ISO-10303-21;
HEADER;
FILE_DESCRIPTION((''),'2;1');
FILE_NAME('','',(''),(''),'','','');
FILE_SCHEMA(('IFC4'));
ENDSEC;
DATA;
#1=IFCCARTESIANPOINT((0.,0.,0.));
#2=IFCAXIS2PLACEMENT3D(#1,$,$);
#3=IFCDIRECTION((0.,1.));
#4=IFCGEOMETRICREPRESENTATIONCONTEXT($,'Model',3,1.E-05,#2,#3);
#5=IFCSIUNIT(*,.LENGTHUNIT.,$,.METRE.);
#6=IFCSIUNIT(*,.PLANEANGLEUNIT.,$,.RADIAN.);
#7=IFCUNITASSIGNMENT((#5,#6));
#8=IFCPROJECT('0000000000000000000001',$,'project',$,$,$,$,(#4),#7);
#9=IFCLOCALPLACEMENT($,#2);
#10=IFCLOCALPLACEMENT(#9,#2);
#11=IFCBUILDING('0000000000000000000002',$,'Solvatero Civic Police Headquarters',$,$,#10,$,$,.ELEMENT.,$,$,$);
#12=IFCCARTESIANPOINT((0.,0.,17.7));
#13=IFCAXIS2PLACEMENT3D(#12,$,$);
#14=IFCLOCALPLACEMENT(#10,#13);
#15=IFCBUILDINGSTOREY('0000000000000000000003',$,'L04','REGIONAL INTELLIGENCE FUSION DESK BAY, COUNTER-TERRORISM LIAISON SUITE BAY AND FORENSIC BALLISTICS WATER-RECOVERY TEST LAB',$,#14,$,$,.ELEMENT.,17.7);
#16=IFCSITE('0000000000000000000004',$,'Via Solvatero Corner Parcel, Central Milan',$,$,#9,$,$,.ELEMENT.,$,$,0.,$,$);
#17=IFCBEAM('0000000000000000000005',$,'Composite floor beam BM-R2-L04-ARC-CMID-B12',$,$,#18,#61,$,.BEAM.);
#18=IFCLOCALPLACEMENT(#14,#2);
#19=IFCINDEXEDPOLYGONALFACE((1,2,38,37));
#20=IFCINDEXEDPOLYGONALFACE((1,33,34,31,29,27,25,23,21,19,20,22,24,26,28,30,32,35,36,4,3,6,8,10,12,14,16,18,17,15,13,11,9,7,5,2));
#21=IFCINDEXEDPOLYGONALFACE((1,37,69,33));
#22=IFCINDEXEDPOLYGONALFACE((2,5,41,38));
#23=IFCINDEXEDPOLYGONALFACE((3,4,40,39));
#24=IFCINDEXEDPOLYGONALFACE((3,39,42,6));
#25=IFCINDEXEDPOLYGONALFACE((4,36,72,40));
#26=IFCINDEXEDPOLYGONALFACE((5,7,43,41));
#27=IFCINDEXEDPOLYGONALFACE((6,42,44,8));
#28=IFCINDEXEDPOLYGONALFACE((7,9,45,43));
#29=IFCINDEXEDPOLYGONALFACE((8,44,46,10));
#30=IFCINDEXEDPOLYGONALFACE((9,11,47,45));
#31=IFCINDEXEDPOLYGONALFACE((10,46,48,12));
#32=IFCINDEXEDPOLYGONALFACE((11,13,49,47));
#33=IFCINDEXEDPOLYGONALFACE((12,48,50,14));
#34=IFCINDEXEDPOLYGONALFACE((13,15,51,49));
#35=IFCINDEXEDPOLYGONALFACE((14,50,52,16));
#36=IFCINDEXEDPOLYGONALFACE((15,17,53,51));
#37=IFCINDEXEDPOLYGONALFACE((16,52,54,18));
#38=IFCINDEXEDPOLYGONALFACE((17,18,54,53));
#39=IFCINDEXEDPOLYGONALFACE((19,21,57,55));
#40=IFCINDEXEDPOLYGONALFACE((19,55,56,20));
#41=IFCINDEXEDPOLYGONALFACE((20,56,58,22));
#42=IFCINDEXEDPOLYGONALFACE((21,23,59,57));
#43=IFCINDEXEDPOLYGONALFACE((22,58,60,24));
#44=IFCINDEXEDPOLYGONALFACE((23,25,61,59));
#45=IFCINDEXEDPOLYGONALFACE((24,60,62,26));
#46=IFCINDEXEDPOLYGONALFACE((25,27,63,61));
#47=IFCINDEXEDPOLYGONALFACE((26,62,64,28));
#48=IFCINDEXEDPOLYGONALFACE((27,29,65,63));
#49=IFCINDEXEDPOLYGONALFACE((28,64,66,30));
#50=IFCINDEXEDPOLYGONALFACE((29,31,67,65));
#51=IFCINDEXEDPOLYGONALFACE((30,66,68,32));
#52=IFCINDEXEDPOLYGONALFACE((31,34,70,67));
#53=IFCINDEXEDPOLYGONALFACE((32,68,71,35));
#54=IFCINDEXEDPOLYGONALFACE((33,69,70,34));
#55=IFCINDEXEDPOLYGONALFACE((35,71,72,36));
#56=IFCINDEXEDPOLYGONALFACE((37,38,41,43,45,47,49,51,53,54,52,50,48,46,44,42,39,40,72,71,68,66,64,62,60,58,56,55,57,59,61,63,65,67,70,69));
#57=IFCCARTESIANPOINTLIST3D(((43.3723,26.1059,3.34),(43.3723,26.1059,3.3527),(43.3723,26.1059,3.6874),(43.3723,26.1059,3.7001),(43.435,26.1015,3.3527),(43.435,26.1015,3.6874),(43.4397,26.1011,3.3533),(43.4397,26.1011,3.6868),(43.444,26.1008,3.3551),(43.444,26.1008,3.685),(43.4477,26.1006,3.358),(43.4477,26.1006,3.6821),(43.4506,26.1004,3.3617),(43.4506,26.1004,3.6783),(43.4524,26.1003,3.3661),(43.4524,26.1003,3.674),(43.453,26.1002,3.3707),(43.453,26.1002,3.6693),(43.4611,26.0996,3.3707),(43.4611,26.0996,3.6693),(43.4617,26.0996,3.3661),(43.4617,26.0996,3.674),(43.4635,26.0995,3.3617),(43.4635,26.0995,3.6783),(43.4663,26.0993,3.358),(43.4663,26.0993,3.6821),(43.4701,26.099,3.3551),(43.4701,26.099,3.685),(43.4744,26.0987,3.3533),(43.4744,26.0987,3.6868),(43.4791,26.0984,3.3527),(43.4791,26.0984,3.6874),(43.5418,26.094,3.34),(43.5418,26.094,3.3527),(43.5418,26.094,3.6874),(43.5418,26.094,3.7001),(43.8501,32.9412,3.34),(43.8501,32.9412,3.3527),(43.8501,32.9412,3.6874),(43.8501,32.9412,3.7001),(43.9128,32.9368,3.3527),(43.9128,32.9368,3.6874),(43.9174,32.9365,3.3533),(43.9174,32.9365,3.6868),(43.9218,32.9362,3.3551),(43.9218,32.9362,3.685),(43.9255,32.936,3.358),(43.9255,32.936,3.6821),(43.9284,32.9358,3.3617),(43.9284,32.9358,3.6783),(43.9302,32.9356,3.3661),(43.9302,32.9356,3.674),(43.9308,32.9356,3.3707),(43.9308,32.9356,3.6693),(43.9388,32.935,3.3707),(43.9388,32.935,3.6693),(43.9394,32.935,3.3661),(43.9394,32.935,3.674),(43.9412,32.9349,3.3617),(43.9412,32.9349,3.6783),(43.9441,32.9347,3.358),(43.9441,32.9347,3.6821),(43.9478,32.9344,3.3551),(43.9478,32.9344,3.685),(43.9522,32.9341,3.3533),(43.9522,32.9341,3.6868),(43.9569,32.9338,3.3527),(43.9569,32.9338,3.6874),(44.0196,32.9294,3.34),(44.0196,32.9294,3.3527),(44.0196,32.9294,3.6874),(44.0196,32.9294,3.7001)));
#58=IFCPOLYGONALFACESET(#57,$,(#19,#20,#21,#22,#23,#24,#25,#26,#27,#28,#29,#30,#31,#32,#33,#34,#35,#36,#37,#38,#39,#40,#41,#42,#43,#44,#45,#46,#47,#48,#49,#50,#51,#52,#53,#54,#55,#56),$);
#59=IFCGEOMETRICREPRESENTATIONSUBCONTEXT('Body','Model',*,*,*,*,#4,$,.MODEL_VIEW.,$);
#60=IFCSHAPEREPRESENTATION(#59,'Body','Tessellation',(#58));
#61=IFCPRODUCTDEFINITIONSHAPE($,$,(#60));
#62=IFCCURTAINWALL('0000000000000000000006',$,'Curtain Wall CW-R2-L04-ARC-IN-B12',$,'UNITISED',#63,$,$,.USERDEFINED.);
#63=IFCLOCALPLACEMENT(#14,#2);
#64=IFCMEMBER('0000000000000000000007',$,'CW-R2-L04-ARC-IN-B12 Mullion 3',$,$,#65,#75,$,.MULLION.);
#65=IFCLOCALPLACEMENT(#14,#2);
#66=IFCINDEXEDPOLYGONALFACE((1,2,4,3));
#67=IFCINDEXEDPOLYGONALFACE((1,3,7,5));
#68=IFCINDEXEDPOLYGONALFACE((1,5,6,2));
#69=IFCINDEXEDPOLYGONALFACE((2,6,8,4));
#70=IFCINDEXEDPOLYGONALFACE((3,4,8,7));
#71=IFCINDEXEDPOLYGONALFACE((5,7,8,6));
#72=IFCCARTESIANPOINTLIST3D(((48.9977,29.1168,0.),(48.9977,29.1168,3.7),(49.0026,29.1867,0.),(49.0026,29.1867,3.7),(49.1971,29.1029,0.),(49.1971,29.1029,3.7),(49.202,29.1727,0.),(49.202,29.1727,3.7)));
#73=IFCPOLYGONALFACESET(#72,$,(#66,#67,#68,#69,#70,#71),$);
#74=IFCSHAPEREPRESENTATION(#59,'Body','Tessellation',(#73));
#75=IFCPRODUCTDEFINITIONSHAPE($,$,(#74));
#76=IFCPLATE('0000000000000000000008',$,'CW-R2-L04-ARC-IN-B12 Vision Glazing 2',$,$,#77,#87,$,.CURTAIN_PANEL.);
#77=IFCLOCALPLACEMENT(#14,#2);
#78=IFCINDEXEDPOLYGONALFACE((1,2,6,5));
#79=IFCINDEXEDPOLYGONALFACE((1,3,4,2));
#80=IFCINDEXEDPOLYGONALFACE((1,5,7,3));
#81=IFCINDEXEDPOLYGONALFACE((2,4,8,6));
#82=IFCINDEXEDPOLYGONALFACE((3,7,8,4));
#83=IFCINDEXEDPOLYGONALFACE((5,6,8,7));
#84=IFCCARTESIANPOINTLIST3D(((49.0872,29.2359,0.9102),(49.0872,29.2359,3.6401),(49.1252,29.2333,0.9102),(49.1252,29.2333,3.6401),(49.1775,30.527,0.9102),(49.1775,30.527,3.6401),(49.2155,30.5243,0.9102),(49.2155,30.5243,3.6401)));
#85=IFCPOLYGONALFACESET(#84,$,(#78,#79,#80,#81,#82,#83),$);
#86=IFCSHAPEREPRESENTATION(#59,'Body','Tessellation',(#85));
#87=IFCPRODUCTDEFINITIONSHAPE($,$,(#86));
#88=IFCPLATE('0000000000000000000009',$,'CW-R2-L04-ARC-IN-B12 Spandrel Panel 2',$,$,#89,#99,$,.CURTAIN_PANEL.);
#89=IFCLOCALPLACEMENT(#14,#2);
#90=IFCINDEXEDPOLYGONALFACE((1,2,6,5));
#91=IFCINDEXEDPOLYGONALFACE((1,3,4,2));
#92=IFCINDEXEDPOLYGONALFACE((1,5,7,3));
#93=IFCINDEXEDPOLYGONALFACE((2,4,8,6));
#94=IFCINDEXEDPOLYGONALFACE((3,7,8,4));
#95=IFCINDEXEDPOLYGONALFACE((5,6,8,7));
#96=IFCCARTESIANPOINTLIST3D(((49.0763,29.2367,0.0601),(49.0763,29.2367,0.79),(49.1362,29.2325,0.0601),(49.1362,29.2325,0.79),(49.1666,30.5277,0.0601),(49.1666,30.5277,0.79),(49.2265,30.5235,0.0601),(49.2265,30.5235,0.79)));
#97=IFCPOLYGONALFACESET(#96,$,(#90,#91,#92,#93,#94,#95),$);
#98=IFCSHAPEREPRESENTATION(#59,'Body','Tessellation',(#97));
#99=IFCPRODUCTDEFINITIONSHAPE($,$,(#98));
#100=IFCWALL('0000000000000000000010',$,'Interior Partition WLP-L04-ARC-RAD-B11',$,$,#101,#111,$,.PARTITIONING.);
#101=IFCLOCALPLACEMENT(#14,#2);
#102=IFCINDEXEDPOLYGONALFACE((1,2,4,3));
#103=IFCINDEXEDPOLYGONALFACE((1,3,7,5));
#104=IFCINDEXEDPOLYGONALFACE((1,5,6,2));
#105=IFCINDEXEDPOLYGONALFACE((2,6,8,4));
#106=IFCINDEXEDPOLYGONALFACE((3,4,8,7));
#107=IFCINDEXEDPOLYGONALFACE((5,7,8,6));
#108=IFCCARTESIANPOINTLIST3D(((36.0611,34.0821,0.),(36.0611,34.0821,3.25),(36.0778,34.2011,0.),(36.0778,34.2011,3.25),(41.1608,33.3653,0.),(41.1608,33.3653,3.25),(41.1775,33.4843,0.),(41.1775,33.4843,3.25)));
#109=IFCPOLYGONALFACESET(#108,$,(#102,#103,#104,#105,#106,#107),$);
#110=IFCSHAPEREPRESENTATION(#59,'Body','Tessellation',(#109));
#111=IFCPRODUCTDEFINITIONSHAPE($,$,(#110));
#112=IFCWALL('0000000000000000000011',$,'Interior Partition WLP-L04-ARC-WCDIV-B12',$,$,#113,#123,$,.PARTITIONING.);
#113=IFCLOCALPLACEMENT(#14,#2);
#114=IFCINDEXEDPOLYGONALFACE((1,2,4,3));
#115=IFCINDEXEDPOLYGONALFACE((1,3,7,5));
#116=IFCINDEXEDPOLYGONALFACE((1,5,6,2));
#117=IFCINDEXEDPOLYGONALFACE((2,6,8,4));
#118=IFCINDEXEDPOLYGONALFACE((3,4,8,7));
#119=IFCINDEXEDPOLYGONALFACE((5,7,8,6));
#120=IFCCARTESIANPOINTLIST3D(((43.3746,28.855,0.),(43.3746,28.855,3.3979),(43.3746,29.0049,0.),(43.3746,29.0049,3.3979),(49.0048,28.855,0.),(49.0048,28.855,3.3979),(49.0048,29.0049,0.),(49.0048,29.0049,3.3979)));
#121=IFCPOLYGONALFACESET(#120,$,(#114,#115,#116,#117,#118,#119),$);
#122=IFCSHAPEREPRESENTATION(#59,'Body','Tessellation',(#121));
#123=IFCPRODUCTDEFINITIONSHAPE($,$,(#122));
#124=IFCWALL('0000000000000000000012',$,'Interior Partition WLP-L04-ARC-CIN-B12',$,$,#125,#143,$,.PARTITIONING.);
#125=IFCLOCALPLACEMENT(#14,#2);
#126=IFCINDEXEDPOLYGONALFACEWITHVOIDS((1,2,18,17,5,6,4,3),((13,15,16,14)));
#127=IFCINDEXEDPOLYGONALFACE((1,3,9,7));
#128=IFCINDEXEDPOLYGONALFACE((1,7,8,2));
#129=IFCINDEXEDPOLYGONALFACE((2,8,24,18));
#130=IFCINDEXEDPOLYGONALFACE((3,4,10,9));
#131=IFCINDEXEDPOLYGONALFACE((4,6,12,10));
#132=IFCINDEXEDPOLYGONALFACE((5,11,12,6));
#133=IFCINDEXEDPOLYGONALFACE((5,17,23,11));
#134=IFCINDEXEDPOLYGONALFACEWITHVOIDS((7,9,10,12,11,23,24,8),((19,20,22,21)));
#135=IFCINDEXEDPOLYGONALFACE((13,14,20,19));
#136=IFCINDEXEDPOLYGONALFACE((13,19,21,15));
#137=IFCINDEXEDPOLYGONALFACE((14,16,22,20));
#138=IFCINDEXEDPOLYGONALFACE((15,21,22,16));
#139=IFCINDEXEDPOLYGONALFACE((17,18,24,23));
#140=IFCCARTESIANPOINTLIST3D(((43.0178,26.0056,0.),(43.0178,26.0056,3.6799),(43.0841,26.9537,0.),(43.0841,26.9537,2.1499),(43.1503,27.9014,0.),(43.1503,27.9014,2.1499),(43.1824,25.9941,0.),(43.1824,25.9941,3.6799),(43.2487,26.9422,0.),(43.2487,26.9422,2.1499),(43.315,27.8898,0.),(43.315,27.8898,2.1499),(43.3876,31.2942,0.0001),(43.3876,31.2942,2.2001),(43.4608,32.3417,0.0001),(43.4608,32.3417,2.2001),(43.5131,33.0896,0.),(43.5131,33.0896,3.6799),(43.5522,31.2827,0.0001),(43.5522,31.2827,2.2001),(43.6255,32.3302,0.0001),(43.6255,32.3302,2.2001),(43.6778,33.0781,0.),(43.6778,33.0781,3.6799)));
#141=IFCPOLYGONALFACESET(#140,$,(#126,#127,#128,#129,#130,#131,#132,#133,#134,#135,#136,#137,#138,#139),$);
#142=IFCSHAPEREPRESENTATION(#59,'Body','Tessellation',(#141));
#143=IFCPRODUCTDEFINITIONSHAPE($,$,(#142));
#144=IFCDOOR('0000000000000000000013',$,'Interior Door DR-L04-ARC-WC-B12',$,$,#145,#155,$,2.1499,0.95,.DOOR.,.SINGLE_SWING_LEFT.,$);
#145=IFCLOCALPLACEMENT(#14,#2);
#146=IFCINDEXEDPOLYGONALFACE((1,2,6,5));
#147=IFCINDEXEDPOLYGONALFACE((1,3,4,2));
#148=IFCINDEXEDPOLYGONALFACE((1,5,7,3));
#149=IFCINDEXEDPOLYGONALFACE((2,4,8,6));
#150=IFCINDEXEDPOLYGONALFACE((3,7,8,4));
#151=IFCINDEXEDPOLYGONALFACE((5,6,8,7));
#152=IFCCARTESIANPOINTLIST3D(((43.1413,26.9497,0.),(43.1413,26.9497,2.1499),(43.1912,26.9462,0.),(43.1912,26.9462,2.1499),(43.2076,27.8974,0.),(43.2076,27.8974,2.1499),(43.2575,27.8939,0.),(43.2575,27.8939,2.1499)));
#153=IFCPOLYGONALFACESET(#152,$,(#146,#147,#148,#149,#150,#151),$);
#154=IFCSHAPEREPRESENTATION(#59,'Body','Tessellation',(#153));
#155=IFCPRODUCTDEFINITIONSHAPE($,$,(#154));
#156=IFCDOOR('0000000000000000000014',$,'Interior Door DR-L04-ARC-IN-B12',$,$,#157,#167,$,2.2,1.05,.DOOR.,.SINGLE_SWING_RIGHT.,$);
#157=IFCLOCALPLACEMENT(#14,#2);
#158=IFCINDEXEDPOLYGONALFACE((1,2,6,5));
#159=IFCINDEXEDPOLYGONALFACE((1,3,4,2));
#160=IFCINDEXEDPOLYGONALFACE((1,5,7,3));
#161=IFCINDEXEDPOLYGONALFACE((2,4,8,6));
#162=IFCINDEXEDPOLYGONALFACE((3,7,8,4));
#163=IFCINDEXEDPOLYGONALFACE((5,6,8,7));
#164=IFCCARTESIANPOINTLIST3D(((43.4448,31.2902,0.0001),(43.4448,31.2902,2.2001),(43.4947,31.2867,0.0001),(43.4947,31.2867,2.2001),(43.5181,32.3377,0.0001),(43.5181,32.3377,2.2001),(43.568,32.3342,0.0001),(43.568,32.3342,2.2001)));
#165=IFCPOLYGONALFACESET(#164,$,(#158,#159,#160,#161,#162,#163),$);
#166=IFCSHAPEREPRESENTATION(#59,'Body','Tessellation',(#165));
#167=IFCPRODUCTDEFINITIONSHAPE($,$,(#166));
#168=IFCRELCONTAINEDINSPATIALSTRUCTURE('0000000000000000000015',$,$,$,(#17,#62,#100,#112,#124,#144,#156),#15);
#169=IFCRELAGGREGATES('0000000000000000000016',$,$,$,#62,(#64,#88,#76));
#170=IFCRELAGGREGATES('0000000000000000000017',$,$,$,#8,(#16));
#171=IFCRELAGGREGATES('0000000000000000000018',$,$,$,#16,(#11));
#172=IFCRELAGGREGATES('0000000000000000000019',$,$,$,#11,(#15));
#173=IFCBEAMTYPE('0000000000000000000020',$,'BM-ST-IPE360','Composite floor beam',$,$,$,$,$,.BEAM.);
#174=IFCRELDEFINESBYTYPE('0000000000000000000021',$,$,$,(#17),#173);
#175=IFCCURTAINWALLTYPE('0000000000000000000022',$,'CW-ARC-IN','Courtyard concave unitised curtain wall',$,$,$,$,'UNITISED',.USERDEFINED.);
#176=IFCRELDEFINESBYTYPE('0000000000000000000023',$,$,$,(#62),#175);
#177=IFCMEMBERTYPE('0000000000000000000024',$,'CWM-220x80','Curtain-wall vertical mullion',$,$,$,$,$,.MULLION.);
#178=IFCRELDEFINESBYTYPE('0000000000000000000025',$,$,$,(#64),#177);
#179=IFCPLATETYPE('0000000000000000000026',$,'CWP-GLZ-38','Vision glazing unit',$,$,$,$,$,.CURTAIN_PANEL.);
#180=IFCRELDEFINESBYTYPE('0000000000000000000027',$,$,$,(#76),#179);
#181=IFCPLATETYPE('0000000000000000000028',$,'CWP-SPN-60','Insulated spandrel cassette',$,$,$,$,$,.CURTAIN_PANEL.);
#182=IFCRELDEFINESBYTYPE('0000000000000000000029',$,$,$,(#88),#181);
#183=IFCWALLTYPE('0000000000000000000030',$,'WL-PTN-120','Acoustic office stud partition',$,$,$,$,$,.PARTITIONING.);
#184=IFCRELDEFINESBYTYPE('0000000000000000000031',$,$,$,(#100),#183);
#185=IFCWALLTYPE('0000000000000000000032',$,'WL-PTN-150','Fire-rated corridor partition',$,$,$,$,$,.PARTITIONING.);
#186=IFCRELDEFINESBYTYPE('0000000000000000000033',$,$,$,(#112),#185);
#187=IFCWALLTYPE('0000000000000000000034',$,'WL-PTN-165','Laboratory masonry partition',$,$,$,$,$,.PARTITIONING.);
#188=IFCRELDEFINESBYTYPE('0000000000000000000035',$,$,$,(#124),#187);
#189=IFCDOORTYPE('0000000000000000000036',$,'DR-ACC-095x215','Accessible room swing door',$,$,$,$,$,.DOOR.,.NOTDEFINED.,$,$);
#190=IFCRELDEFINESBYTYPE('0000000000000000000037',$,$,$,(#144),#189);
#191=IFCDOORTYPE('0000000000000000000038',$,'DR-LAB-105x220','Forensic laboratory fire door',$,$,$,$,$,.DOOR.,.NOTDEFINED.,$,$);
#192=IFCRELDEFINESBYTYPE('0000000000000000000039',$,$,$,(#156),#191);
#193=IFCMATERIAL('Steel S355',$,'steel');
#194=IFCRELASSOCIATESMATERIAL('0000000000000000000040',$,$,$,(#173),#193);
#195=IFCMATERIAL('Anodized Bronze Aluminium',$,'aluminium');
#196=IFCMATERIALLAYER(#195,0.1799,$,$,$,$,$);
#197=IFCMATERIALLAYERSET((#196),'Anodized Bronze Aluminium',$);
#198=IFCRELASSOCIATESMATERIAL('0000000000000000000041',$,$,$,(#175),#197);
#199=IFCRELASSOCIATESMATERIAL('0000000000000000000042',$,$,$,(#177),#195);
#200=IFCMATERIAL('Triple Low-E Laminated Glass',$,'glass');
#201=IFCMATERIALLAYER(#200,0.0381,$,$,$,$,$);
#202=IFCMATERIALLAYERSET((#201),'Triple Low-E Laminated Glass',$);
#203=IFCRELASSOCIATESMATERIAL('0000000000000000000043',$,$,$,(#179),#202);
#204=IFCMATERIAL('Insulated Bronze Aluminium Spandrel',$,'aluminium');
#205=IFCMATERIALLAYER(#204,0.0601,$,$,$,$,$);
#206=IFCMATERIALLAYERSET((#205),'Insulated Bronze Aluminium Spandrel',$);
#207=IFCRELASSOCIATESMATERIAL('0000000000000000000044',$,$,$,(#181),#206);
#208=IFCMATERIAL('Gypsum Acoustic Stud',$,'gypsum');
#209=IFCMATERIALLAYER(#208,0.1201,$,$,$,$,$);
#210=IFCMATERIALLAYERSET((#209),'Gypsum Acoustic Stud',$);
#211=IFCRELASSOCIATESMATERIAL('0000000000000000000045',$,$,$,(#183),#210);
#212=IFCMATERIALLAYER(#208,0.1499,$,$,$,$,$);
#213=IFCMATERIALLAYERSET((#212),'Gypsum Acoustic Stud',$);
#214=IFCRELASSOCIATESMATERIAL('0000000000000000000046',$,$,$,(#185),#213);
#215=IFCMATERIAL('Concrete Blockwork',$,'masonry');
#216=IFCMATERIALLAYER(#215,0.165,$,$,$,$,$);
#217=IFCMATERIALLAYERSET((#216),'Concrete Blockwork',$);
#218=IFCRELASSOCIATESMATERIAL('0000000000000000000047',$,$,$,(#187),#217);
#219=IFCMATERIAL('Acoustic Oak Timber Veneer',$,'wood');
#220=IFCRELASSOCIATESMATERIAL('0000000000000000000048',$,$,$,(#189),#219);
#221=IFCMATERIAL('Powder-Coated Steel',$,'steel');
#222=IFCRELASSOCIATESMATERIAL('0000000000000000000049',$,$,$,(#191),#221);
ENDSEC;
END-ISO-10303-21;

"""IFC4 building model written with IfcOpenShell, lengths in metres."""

from ifc_helpers import new_model, si_unit, direction, frame, frame_2d, origin, origin_2d, place, context, subcontext, project, spatial, rectangle, i_section, extrude, material, layer, layer_set, material_profile, profile_set, type_object, element, fill, aggregate, save


model = new_model("IFC4")

# Units and contexts
model_context = context("Model", 3, precision=1e-05, world=origin(), true_north=direction((0.0, 1.0)))
body_context = subcontext(model_context, "Body", "Model", "MODEL_VIEW")
ifc_project = project(units=[si_unit("LENGTHUNIT", "METRE"), si_unit("PLANEANGLEUNIT", "RADIAN")], contexts=[model_context])

# Site, building, storey
site_placement = place(None, origin())
site = spatial("IfcSite", under=ifc_project, at=site_placement, Name="Via Solvatero Corner Parcel, Central Milan", CompositionType="ELEMENT", RefElevation=0.0)
building_placement = place(site_placement, origin())
building = spatial("IfcBuilding", under=site, at=building_placement, Name="Solvatero Civic Police Headquarters", CompositionType="ELEMENT")
storey_placement = place(building_placement, frame((0.0, 0.0, 17.7)))
storey = spatial("IfcBuildingStorey", under=building, at=storey_placement, Name="L04", Description="REGIONAL INTELLIGENCE FUSION DESK BAY, COUNTER-TERRORISM LIAISON SUITE BAY AND FORENSIC BALLISTICS WATER-RECOVERY TEST LAB", CompositionType="ELEMENT", Elevation=17.7)

# Shared definitions
ifc_material_1 = material(Name="Steel S355", Category="steel")

# Beam
ifc_material_profile_1 = material_profile(ifc_material_1, i_section(OverallWidth=0.1699, OverallDepth=0.3601, WebThickness=0.0081, FlangeThickness=0.0127, FilletRadius=0.0181, at=origin_2d()), Name="IPE 360")
ifc_profile_set_1 = profile_set([ifc_material_profile_1], Name="Steel S355")
beam_type_1 = type_object("IfcBeamType", Name="BM-ST-IPE360", Description="Composite floor beam", PredefinedType="BEAM", material=ifc_profile_set_1)
beam_1_placement = place(storey_placement, frame((43.9348, 32.9353, 3.52), z_axis=(-0.069728, -0.997566, 0.0), x_axis=(0.997566, -0.069728, 0.0)))
element("IfcBeam", 1, at=beam_1_placement, inside=storey, type_object=beam_type_1, Name="Composite floor beam BM-R2-L04-ARC-CMID-B12", PredefinedType="BEAM", context=body_context, shape_type="SweptSolid", body=[
    extrude(i_section(OverallWidth=0.1699, OverallDepth=0.3601, WebThickness=0.0081, FlangeThickness=0.0127, FilletRadius=0.0181, at=origin_2d()), origin(), (0.0, 0.0, 1.0), 6.8521),
])

# Curtain wall, member, plates
ifc_material_2 = material(Name="Anodized Bronze Aluminium", Category="aluminium")
ifc_layer_1 = layer(ifc_material_2, 0.1799)
ifc_layer_set_1 = layer_set([ifc_layer_1], Name="Anodized Bronze Aluminium")
curtain_wall_type = type_object("IfcCurtainWallType", Name="CW-ARC-IN", Description="Courtyard concave unitised curtain wall", ElementType="UNITISED", PredefinedType="USERDEFINED", material=ifc_layer_set_1)
curtain_wall_placement = place(storey_placement, origin())
curtain_wall = element("IfcCurtainWall", 2, at=curtain_wall_placement, inside=storey, type_object=curtain_wall_type, Name="Curtain Wall CW-R2-L04-ARC-IN-B12", ObjectType="UNITISED", PredefinedType="USERDEFINED")
ifc_material_profile_2 = material_profile(ifc_material_2, rectangle(XDim=0.0701, YDim=0.2, at=origin_2d()), Name="ALU MULLION 70x200")
ifc_profile_set_2 = profile_set([ifc_material_profile_2], Name="Anodized Bronze Aluminium")
member_type = type_object("IfcMemberType", Name="CWM-220x80", Description="Curtain-wall vertical mullion", PredefinedType="MULLION", material=ifc_profile_set_2)
member_placement = place(storey_placement, frame((49.0999, 29.1448, 0.0), z_axis=(0.0, 0.0, 1.0), x_axis=(-0.069774, -0.997563, 0.0)))
member = element("IfcMember", 3, at=member_placement, type_object=member_type, Name="CW-R2-L04-ARC-IN-B12 Mullion 3", PredefinedType="MULLION", context=body_context, shape_type="SweptSolid", body=[
    extrude(rectangle(XDim=0.0701, YDim=0.2, at=origin_2d()), origin(), (0.0, 0.0, 1.0), 3.7),
])
ifc_material_3 = material(Name="Triple Low-E Laminated Glass", Category="glass")
ifc_layer_2 = layer(ifc_material_3, 0.0381)
ifc_layer_set_2 = layer_set([ifc_layer_2], Name="Triple Low-E Laminated Glass")
plate_type_1 = type_object("IfcPlateType", Name="CWP-GLZ-38", Description="Vision glazing unit", PredefinedType="CURTAIN_PANEL", material=ifc_layer_set_2)
plate_1_placement = place(storey_placement, frame((49.1514, 29.8801, 0.9102), z_axis=(0.0, 0.0, 1.0), x_axis=(-0.069774, -0.997563, 0.0)))
plate_1 = element("IfcPlate", 4, at=plate_1_placement, type_object=plate_type_1, Name="CW-R2-L04-ARC-IN-B12 Vision Glazing 2", PredefinedType="CURTAIN_PANEL", context=body_context, shape_type="SweptSolid", body=[
    extrude(rectangle(XDim=1.2942, YDim=0.0381, at=origin_2d()), origin(), (0.0, 0.0, 1.0), 2.73),
])
ifc_material_4 = material(Name="Insulated Bronze Aluminium Spandrel", Category="aluminium")
ifc_layer_3 = layer(ifc_material_4, 0.0601)
ifc_layer_set_3 = layer_set([ifc_layer_3], Name="Insulated Bronze Aluminium Spandrel")
plate_type_2 = type_object("IfcPlateType", Name="CWP-SPN-60", Description="Insulated spandrel cassette", PredefinedType="CURTAIN_PANEL", material=ifc_layer_set_3)
plate_2_placement = place(storey_placement, frame((49.1514, 29.8801, 0.0601), z_axis=(0.0, 0.0, 1.0), x_axis=(-0.069774, -0.997563, 0.0)))
plate_2 = element("IfcPlate", 5, at=plate_2_placement, type_object=plate_type_2, Name="CW-R2-L04-ARC-IN-B12 Spandrel Panel 2", PredefinedType="CURTAIN_PANEL", context=body_context, shape_type="SweptSolid", body=[
    extrude(rectangle(XDim=1.2942, YDim=0.0601, at=origin_2d()), origin(), (0.0, 0.0, 1.0), 0.73),
])
aggregate(curtain_wall, [member, plate_2, plate_1])

# Walls
ifc_material_5 = material(Name="Gypsum Acoustic Stud", Category="gypsum")
ifc_layer_4 = layer(ifc_material_5, 0.1201)
ifc_layer_set_4 = layer_set([ifc_layer_4], Name="Gypsum Acoustic Stud")
wall_type_1 = type_object("IfcWallType", Name="WL-PTN-120", Description="Acoustic office stud partition", PredefinedType="PARTITIONING", material=ifc_layer_set_4)
wall_1_placement = place(storey_placement, frame((41.1692, 33.4248, 0.0), z_axis=(0.0, 0.0, 1.0), x_axis=(-0.990266, 0.139184, 0.0)))
element("IfcWall", 6, at=wall_1_placement, inside=storey, type_object=wall_type_1, Name="Interior Partition WLP-L04-ARC-RAD-B11", PredefinedType="PARTITIONING", context=body_context, shape_type="SweptSolid", body=[
    extrude(rectangle(XDim=5.1499, YDim=0.1201, at=frame_2d((2.575, 0.0))), origin(), (0.0, 0.0, 1.0), 3.25),
])
ifc_layer_5 = layer(ifc_material_5, 0.1499)
ifc_layer_set_5 = layer_set([ifc_layer_5], Name="Gypsum Acoustic Stud")
wall_type_2 = type_object("IfcWallType", Name="WL-PTN-150", Description="Fire-rated corridor partition", PredefinedType="PARTITIONING", material=ifc_layer_set_5)
wall_2_placement = place(storey_placement, frame((43.3748, 28.9299, 0.0), z_axis=(0.0, 0.0, 1.0), x_axis=(1.0, 0.0, 0.0)))
element("IfcWall", 7, at=wall_2_placement, inside=storey, type_object=wall_type_2, Name="Interior Partition WLP-L04-ARC-WCDIV-B12", PredefinedType="PARTITIONING", context=body_context, shape_type="SweptSolid", body=[
    extrude(rectangle(XDim=5.6301, YDim=0.1499, at=frame_2d((2.8149, 0.0))), origin(), (0.0, 0.0, 1.0), 3.3979),
])

# Wall, openings, doors
ifc_material_6 = material(Name="Concrete Blockwork", Category="masonry")
ifc_layer_6 = layer(ifc_material_6, 0.165)
ifc_layer_set_6 = layer_set([ifc_layer_6], Name="Concrete Blockwork")
wall_type_3 = type_object("IfcWallType", Name="WL-PTN-165", Description="Laboratory masonry partition", PredefinedType="PARTITIONING", material=ifc_layer_set_6)
wall_3_placement = place(storey_placement, frame((43.5955, 33.084, 0.0), z_axis=(0.0, 0.0, 1.0), x_axis=(-0.069757, -0.997564, 0.0)))
wall_3 = element("IfcWall", 8, at=wall_3_placement, inside=storey, type_object=wall_type_3, Name="Interior Partition WLP-L04-ARC-CIN-B12", PredefinedType="PARTITIONING", context=body_context, shape_type="SweptSolid", body=[
    extrude(rectangle(XDim=7.1013, YDim=0.165, at=frame_2d((3.5508, 0.0))), origin(), (0.0, 0.0, 1.0), 3.6799),
])
opening_1_placement = place(wall_3_placement, frame((5.2009, 0.0, 0.0)))
opening_1 = element("IfcOpeningElement", 9, at=opening_1_placement, cuts=wall_3, PredefinedType="OPENING", context=body_context, shape_type="SweptSolid", body=[
    extrude(rectangle(XDim=0.95, YDim=2.1499, at=frame_2d((0.4751, 1.075))), frame((0.0, 0.0925, 0.0), z_axis=(0.0, -1.0, 0.0), x_axis=(1.0, 0.0, 0.0)), (0.0, 0.0, 1.0), 0.1851),
])
opening_2_placement = place(wall_3_placement, frame((0.75, 0.0, 0.0)))
opening_2 = element("IfcOpeningElement", 10, at=opening_2_placement, cuts=wall_3, PredefinedType="OPENING", context=body_context, shape_type="SweptSolid", body=[
    extrude(rectangle(XDim=1.05, YDim=2.2, at=frame_2d((0.5249, 1.1001))), frame((0.0, 0.0925, 0.0), z_axis=(0.0, -1.0, 0.0), x_axis=(1.0, 0.0, 0.0)), (0.0, 0.0, 1.0), 0.1851),
])
ifc_material_7 = material(Name="Acoustic Oak Timber Veneer", Category="wood")
door_type_1 = type_object("IfcDoorType", Name="DR-ACC-095x215", Description="Accessible room swing door", OperationType="NOTDEFINED", PredefinedType="DOOR", material=ifc_material_7)
door_1_placement = place(opening_1_placement, origin())
door_1 = element("IfcDoor", 11, at=door_1_placement, inside=storey, type_object=door_type_1, Name="Interior Door DR-L04-ARC-WC-B12", OperationType="SINGLE_SWING_LEFT", OverallHeight=2.1499, OverallWidth=0.95, PredefinedType="DOOR", context=body_context, shape_type="SweptSolid", body=[
    extrude(rectangle(XDim=0.95, YDim=2.1499, at=frame_2d((0.4751, 1.075))), frame((0.0, 0.0249, 0.0), z_axis=(0.0, -1.0, 0.0), x_axis=(1.0, 0.0, 0.0)), (0.0, 0.0, 1.0), 0.05),
])
fill(opening_1, door_1)
ifc_material_8 = material(Name="Powder-Coated Steel", Category="steel")
door_type_2 = type_object("IfcDoorType", Name="DR-LAB-105x220", Description="Forensic laboratory fire door", OperationType="NOTDEFINED", PredefinedType="DOOR", material=ifc_material_8)
door_2_placement = place(opening_2_placement, origin())
door_2 = element("IfcDoor", 12, at=door_2_placement, inside=storey, type_object=door_type_2, Name="Interior Door DR-L04-ARC-IN-B12", OperationType="SINGLE_SWING_RIGHT", OverallHeight=2.2, OverallWidth=1.05, PredefinedType="DOOR", context=body_context, shape_type="SweptSolid", body=[
    extrude(rectangle(XDim=1.05, YDim=2.2, at=frame_2d((0.5249, 1.1001))), frame((0.0, 0.0249, 0.0), z_axis=(0.0, -1.0, 0.0), x_axis=(1.0, 0.0, 0.0)), (0.0, 0.0, 1.0), 0.05),
])
fill(opening_2, door_2)

save(model, "model.ifc")
